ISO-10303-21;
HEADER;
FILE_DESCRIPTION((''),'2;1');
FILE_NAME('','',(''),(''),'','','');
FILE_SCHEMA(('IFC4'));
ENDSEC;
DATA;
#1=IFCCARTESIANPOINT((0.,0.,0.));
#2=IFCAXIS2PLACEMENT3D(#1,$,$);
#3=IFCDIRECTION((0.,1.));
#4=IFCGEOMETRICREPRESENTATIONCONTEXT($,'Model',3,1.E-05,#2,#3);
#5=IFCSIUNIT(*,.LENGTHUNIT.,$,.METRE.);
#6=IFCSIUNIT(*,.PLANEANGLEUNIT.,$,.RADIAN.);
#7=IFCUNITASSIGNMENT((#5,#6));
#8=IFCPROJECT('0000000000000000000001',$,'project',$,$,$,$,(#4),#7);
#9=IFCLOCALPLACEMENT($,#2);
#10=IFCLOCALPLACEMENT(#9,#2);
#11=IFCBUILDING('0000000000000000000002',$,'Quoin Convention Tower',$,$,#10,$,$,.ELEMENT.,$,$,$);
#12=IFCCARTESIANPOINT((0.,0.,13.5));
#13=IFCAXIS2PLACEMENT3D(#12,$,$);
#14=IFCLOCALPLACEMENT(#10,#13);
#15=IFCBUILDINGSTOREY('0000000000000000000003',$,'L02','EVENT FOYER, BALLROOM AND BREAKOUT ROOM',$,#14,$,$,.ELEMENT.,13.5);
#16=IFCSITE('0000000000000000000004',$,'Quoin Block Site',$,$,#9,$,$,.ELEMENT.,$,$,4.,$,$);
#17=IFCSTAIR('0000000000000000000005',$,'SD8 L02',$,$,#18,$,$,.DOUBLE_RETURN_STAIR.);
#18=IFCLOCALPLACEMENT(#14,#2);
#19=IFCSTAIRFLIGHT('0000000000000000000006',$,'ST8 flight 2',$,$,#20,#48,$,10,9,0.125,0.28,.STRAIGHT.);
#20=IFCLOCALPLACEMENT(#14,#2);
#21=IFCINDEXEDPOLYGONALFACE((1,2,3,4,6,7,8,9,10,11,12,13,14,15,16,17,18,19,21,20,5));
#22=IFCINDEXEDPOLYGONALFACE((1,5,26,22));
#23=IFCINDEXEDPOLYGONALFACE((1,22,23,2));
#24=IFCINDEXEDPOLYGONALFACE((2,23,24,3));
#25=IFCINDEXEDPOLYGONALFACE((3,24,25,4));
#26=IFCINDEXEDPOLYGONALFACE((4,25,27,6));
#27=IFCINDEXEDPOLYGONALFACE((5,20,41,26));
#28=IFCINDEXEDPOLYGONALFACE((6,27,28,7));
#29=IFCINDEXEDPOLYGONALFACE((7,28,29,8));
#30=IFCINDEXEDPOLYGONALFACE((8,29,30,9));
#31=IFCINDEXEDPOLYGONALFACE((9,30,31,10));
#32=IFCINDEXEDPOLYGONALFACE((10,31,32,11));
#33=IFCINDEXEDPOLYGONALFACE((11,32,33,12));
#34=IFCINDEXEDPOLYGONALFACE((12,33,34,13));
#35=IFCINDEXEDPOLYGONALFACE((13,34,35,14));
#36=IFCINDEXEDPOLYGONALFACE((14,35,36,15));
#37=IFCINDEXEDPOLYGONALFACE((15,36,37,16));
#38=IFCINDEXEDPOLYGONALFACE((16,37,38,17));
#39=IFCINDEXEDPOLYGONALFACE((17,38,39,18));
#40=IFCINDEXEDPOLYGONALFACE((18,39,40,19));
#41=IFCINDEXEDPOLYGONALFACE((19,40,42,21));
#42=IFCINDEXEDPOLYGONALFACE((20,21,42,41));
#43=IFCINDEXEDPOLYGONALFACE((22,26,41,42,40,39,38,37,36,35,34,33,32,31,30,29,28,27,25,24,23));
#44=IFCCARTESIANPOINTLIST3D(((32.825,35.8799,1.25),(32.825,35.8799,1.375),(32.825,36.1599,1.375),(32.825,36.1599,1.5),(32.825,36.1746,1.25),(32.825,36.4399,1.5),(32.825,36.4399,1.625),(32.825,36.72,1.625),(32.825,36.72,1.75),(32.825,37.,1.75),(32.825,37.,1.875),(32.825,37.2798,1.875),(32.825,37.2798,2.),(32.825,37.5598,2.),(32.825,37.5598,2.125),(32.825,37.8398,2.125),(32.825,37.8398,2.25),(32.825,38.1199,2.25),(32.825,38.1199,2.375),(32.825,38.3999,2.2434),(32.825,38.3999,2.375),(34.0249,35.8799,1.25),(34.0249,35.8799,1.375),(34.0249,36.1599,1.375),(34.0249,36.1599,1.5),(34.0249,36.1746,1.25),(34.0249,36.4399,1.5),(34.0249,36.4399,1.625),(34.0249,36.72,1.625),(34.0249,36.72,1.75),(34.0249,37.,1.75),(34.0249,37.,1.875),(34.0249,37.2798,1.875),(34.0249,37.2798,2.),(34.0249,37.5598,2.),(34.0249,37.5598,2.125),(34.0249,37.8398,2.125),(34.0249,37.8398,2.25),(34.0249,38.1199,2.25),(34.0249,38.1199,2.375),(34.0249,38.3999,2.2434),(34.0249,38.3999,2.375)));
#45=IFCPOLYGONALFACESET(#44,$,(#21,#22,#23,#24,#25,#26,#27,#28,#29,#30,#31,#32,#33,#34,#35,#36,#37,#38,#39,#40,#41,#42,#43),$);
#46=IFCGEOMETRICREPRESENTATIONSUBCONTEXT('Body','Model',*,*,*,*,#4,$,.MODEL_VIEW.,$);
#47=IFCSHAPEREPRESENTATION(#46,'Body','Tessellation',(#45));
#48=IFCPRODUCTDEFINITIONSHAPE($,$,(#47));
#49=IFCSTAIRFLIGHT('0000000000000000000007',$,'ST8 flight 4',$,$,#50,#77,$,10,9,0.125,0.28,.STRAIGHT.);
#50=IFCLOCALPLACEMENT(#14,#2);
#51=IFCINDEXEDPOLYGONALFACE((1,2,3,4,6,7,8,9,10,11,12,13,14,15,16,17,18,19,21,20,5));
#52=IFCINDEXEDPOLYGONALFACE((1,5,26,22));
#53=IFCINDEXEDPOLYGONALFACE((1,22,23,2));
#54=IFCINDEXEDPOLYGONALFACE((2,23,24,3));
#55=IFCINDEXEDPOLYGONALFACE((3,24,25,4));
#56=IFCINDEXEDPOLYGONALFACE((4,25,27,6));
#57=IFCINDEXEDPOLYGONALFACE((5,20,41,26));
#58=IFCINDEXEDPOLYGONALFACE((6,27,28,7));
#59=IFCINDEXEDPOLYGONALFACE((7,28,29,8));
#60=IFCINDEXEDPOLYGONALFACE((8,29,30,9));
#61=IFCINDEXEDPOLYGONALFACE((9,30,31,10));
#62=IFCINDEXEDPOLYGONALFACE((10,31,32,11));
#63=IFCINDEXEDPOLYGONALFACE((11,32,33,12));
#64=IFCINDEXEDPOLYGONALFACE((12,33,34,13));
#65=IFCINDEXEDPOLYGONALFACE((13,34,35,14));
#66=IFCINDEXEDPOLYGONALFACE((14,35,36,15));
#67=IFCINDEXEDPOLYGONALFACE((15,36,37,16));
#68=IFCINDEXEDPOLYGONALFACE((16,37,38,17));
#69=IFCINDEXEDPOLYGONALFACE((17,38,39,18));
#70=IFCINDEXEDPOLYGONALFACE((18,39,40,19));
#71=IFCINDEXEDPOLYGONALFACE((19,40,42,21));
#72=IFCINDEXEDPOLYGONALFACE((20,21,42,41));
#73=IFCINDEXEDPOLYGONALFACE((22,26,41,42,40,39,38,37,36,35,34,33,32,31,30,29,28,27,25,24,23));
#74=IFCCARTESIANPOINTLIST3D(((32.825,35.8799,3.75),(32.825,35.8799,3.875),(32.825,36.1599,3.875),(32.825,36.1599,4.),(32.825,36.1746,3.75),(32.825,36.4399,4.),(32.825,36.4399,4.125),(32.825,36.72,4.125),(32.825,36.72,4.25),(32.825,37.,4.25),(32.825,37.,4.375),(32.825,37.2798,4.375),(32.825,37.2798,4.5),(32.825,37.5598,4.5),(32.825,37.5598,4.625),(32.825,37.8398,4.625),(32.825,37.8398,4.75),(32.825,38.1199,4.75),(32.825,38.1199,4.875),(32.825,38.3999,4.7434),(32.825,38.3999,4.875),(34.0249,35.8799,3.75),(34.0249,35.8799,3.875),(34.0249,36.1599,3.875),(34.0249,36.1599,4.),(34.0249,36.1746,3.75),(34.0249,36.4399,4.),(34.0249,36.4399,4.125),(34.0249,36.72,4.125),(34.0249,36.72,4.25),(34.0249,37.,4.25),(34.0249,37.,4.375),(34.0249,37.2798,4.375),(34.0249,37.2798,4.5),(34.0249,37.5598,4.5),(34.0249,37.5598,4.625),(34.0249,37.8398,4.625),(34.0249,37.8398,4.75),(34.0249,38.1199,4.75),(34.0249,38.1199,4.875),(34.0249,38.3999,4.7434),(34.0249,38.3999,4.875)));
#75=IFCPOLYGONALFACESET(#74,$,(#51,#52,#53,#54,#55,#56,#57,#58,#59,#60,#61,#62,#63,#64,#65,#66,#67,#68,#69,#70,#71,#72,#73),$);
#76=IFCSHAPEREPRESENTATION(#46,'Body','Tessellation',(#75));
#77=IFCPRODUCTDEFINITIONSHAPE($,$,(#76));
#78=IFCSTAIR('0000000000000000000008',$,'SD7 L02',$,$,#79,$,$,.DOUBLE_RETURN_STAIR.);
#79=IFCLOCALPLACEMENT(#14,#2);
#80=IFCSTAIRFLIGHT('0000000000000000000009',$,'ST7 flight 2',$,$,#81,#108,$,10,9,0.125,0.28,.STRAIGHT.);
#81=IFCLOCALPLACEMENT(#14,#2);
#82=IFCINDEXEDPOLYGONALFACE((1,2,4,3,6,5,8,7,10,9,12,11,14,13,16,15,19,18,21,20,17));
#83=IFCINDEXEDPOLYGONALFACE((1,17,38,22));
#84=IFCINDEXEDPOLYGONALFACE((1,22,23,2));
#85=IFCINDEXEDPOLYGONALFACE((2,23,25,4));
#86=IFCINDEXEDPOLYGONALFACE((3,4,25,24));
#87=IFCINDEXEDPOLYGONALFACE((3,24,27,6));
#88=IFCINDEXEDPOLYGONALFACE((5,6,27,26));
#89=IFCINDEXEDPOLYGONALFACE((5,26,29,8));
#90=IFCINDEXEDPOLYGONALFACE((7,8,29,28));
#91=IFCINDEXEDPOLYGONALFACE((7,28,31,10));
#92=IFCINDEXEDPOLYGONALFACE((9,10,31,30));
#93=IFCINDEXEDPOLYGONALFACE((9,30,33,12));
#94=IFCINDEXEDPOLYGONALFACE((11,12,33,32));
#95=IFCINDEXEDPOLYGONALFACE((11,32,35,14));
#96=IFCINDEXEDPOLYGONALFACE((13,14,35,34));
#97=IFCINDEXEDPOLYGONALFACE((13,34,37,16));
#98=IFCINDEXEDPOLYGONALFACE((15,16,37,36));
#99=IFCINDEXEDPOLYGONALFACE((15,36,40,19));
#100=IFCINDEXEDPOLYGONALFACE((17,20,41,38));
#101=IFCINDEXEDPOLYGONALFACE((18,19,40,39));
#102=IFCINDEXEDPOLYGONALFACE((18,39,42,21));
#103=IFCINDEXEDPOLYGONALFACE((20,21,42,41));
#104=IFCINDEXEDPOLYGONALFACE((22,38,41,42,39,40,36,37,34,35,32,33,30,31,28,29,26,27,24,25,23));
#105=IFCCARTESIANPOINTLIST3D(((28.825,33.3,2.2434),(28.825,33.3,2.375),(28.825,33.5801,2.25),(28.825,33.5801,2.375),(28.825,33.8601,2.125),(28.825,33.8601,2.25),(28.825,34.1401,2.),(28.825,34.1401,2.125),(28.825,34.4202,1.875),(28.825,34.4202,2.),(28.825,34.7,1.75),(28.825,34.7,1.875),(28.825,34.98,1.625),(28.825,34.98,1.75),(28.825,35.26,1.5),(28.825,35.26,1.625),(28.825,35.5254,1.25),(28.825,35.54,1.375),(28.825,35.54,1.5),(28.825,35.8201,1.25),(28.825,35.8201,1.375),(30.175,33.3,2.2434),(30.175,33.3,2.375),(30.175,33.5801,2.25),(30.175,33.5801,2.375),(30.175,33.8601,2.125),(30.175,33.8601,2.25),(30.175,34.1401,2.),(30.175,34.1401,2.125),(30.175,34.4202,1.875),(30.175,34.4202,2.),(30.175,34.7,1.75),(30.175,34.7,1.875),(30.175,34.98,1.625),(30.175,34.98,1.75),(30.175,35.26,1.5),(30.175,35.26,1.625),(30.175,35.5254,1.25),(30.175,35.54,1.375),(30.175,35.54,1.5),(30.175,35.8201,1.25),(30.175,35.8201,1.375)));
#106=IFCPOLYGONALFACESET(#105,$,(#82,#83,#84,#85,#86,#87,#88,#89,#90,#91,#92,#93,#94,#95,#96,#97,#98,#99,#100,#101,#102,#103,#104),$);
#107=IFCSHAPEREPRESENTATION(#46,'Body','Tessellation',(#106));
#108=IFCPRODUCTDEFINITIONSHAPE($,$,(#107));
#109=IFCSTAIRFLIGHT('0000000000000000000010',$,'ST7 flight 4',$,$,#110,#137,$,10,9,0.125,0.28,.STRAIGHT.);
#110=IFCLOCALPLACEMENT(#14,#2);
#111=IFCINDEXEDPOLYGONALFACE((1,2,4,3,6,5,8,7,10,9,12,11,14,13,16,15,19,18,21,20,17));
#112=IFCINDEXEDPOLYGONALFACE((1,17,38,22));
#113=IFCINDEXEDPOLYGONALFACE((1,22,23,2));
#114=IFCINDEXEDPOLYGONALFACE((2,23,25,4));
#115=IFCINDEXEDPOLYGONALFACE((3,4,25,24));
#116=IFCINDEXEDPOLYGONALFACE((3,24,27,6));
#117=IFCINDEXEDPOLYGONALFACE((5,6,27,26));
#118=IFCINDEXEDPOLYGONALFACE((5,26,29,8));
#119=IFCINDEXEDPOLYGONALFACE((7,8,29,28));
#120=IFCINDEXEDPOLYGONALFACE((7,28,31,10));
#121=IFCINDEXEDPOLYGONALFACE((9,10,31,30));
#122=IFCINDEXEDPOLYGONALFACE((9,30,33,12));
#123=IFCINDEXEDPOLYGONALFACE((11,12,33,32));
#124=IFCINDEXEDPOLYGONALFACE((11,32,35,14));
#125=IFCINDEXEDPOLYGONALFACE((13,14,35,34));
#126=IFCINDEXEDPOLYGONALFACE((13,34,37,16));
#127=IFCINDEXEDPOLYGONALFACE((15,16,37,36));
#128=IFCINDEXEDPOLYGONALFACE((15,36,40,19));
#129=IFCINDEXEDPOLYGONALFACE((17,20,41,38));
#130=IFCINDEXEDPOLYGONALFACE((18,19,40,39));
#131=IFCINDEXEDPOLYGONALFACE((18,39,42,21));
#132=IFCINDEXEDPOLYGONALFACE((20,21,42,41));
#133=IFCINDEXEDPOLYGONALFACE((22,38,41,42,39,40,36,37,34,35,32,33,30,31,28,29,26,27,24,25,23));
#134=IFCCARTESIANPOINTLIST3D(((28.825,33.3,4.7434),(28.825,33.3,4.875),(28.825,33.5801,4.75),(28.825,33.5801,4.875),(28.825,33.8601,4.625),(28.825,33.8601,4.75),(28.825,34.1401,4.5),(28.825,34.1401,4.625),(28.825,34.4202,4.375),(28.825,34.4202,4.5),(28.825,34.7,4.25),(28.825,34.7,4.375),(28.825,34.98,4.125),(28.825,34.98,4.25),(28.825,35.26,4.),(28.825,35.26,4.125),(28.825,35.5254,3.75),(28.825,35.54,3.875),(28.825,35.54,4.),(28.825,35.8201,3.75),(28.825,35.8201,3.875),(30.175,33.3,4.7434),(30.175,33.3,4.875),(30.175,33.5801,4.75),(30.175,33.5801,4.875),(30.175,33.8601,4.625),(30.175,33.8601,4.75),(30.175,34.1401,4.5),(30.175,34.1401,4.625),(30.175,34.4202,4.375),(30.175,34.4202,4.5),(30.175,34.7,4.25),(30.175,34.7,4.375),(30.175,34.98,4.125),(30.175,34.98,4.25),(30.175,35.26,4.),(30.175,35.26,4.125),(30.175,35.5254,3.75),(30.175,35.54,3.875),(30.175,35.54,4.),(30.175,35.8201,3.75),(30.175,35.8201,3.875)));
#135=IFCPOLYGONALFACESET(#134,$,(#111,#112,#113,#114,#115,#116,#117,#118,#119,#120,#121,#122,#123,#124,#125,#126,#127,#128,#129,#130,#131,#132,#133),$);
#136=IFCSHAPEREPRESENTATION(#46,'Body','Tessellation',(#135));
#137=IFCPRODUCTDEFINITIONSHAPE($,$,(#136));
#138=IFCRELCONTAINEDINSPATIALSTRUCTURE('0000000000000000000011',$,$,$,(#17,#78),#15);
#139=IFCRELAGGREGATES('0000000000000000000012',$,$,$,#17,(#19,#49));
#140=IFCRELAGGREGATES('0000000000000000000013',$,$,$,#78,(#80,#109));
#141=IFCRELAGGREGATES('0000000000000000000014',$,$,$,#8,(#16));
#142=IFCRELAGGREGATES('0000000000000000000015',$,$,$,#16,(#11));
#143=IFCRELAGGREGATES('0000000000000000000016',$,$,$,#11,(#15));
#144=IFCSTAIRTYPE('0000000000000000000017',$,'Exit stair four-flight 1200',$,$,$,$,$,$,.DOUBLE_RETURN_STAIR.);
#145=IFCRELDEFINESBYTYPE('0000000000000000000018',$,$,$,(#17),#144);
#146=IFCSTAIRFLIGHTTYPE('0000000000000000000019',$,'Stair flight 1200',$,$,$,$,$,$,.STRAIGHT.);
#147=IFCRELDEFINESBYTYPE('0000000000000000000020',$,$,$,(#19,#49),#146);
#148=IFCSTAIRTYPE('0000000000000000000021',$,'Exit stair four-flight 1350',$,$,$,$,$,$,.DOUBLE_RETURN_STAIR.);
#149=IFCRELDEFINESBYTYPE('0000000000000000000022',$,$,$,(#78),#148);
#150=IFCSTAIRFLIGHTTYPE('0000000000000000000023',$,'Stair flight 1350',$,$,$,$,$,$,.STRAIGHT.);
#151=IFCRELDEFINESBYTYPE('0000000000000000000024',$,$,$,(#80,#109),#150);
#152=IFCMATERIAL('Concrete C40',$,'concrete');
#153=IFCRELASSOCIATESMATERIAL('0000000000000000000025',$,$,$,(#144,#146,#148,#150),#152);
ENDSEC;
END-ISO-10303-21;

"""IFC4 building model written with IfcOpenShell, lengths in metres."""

from ifc_helpers import new_model, si_unit, direction, frame, origin, place, context, subcontext, project, spatial, polyline, outline, extrude, material, type_object, element, aggregate, save


model = new_model("IFC4")

# Units and contexts
model_context = context("Model", 3, precision=1e-05, world=origin(), true_north=direction((0.0, 1.0)))
body_context = subcontext(model_context, "Body", "Model", "MODEL_VIEW")
ifc_project = project(units=[si_unit("LENGTHUNIT", "METRE"), si_unit("PLANEANGLEUNIT", "RADIAN")], contexts=[model_context])

# Site, building, storey
site_placement = place(None, origin())
site = spatial("IfcSite", under=ifc_project, at=site_placement, Name="Quoin Block Site", CompositionType="ELEMENT", RefElevation=4.0)
building_placement = place(site_placement, origin())
building = spatial("IfcBuilding", under=site, at=building_placement, Name="Quoin Convention Tower", CompositionType="ELEMENT")
storey_placement = place(building_placement, frame((0.0, 0.0, 13.5)))
storey = spatial("IfcBuildingStorey", under=building, at=storey_placement, Name="L02", Description="EVENT FOYER, BALLROOM AND BREAKOUT ROOM", CompositionType="ELEMENT", Elevation=13.5)

# Stairs, stair flights
ifc_material_1 = material(Name="Concrete C40", Category="concrete")
stair_type_1 = type_object("IfcStairType", Name="Exit stair four-flight 1200", PredefinedType="DOUBLE_RETURN_STAIR", material=ifc_material_1)
stair_1_placement = place(storey_placement, origin())
stair_1 = element("IfcStair", 1, at=stair_1_placement, inside=storey, type_object=stair_type_1, Name="SD8 L02", PredefinedType="DOUBLE_RETURN_STAIR")
stair_flight_type_1 = type_object("IfcStairFlightType", Name="Stair flight 1200", PredefinedType="STRAIGHT", material=ifc_material_1)
stair_flight_1_placement = place(storey_placement, frame((33.425, 35.8799, 1.25), z_axis=(0.0, 0.0, 1.0), x_axis=(0.0, 1.0, 0.0)))
stair_flight_1 = element("IfcStairFlight", 2, at=stair_flight_1_placement, type_object=stair_flight_type_1, Name="ST8 flight 2", NumberOfRisers=10, NumberOfTreads=9, PredefinedType="STRAIGHT", RiserHeight=0.125, TreadLength=0.28, context=body_context, shape_type="SweptSolid", body=[
    extrude(outline(polyline([(0.0, 0.0), (0.0, 0.125), (0.28, 0.125), (0.28, 0.25), (0.5601, 0.25), (0.5601, 0.375), (0.8401, 0.375), (0.8401, 0.5), (1.1201, 0.5), (1.1201, 0.625), (1.3999, 0.625), (1.3999, 0.75), (1.6799, 0.75), (1.6799, 0.875), (1.96, 0.875), (1.96, 1.0), (2.24, 1.0), (2.24, 1.125), (2.52, 1.125), (2.52, 1.25), (2.52, 0.9934), (0.2947, 0.0), (0.0, 0.0)])), frame((0.0, 0.6001, 0.0), z_axis=(0.0, -1.0, 0.0), x_axis=(1.0, 0.0, 0.0)), (0.0, 0.0, 1.0), 1.2),
])
stair_flight_2_placement = place(storey_placement, frame((33.425, 35.8799, 3.75), z_axis=(0.0, 0.0, 1.0), x_axis=(0.0, 1.0, 0.0)))
stair_flight_2 = element("IfcStairFlight", 3, at=stair_flight_2_placement, type_object=stair_flight_type_1, Name="ST8 flight 4", NumberOfRisers=10, NumberOfTreads=9, PredefinedType="STRAIGHT", RiserHeight=0.125, TreadLength=0.28, context=body_context, shape_type="SweptSolid", body=[
    extrude(outline(polyline([(0.0, 0.0), (0.0, 0.125), (0.28, 0.125), (0.28, 0.25), (0.5601, 0.25), (0.5601, 0.375), (0.8401, 0.375), (0.8401, 0.5), (1.1201, 0.5), (1.1201, 0.625), (1.3999, 0.625), (1.3999, 0.75), (1.6799, 0.75), (1.6799, 0.875), (1.96, 0.875), (1.96, 1.0), (2.24, 1.0), (2.24, 1.125), (2.52, 1.125), (2.52, 1.25), (2.52, 0.9934), (0.2947, 0.0), (0.0, 0.0)])), frame((0.0, 0.6001, 0.0), z_axis=(0.0, -1.0, 0.0), x_axis=(1.0, 0.0, 0.0)), (0.0, 0.0, 1.0), 1.2),
])
aggregate(stair_1, [stair_flight_1, stair_flight_2])
stair_type_2 = type_object("IfcStairType", Name="Exit stair four-flight 1350", PredefinedType="DOUBLE_RETURN_STAIR", material=ifc_material_1)
stair_2_placement = place(storey_placement, origin())
stair_2 = element("IfcStair", 4, at=stair_2_placement, inside=storey, type_object=stair_type_2, Name="SD7 L02", PredefinedType="DOUBLE_RETURN_STAIR")
stair_flight_type_2 = type_object("IfcStairFlightType", Name="Stair flight 1350", PredefinedType="STRAIGHT", material=ifc_material_1)
stair_flight_3_placement = place(storey_placement, frame((29.5, 35.8201, 1.25), z_axis=(0.0, 0.0, 1.0), x_axis=(0.0, -1.0, 0.0)))
stair_flight_3 = element("IfcStairFlight", 5, at=stair_flight_3_placement, type_object=stair_flight_type_2, Name="ST7 flight 2", NumberOfRisers=10, NumberOfTreads=9, PredefinedType="STRAIGHT", RiserHeight=0.125, TreadLength=0.28, context=body_context, shape_type="SweptSolid", body=[
    extrude(outline(polyline([(0.0, 0.0), (0.0, 0.125), (0.28, 0.125), (0.28, 0.25), (0.5601, 0.25), (0.5601, 0.375), (0.8401, 0.375), (0.8401, 0.5), (1.1201, 0.5), (1.1201, 0.625), (1.3999, 0.625), (1.3999, 0.75), (1.6799, 0.75), (1.6799, 0.875), (1.96, 0.875), (1.96, 1.0), (2.24, 1.0), (2.24, 1.125), (2.52, 1.125), (2.52, 1.25), (2.52, 0.9934), (0.2947, 0.0), (0.0, 0.0)])), frame((0.0, 0.675, 0.0), z_axis=(0.0, -1.0, 0.0), x_axis=(1.0, 0.0, 0.0)), (0.0, 0.0, 1.0), 1.3501),
])
stair_flight_4_placement = place(storey_placement, frame((29.5, 35.8201, 3.75), z_axis=(0.0, 0.0, 1.0), x_axis=(0.0, -1.0, 0.0)))
stair_flight_4 = element("IfcStairFlight", 6, at=stair_flight_4_placement, type_object=stair_flight_type_2, Name="ST7 flight 4", NumberOfRisers=10, NumberOfTreads=9, PredefinedType="STRAIGHT", RiserHeight=0.125, TreadLength=0.28, context=body_context, shape_type="SweptSolid", body=[
    extrude(outline(polyline([(0.0, 0.0), (0.0, 0.125), (0.28, 0.125), (0.28, 0.25), (0.5601, 0.25), (0.5601, 0.375), (0.8401, 0.375), (0.8401, 0.5), (1.1201, 0.5), (1.1201, 0.625), (1.3999, 0.625), (1.3999, 0.75), (1.6799, 0.75), (1.6799, 0.875), (1.96, 0.875), (1.96, 1.0), (2.24, 1.0), (2.24, 1.125), (2.52, 1.125), (2.52, 1.25), (2.52, 0.9934), (0.2947, 0.0), (0.0, 0.0)])), frame((0.0, 0.675, 0.0), z_axis=(0.0, -1.0, 0.0), x_axis=(1.0, 0.0, 0.0)), (0.0, 0.0, 1.0), 1.3501),
])
aggregate(stair_2, [stair_flight_3, stair_flight_4])

save(model, "model.ifc")
